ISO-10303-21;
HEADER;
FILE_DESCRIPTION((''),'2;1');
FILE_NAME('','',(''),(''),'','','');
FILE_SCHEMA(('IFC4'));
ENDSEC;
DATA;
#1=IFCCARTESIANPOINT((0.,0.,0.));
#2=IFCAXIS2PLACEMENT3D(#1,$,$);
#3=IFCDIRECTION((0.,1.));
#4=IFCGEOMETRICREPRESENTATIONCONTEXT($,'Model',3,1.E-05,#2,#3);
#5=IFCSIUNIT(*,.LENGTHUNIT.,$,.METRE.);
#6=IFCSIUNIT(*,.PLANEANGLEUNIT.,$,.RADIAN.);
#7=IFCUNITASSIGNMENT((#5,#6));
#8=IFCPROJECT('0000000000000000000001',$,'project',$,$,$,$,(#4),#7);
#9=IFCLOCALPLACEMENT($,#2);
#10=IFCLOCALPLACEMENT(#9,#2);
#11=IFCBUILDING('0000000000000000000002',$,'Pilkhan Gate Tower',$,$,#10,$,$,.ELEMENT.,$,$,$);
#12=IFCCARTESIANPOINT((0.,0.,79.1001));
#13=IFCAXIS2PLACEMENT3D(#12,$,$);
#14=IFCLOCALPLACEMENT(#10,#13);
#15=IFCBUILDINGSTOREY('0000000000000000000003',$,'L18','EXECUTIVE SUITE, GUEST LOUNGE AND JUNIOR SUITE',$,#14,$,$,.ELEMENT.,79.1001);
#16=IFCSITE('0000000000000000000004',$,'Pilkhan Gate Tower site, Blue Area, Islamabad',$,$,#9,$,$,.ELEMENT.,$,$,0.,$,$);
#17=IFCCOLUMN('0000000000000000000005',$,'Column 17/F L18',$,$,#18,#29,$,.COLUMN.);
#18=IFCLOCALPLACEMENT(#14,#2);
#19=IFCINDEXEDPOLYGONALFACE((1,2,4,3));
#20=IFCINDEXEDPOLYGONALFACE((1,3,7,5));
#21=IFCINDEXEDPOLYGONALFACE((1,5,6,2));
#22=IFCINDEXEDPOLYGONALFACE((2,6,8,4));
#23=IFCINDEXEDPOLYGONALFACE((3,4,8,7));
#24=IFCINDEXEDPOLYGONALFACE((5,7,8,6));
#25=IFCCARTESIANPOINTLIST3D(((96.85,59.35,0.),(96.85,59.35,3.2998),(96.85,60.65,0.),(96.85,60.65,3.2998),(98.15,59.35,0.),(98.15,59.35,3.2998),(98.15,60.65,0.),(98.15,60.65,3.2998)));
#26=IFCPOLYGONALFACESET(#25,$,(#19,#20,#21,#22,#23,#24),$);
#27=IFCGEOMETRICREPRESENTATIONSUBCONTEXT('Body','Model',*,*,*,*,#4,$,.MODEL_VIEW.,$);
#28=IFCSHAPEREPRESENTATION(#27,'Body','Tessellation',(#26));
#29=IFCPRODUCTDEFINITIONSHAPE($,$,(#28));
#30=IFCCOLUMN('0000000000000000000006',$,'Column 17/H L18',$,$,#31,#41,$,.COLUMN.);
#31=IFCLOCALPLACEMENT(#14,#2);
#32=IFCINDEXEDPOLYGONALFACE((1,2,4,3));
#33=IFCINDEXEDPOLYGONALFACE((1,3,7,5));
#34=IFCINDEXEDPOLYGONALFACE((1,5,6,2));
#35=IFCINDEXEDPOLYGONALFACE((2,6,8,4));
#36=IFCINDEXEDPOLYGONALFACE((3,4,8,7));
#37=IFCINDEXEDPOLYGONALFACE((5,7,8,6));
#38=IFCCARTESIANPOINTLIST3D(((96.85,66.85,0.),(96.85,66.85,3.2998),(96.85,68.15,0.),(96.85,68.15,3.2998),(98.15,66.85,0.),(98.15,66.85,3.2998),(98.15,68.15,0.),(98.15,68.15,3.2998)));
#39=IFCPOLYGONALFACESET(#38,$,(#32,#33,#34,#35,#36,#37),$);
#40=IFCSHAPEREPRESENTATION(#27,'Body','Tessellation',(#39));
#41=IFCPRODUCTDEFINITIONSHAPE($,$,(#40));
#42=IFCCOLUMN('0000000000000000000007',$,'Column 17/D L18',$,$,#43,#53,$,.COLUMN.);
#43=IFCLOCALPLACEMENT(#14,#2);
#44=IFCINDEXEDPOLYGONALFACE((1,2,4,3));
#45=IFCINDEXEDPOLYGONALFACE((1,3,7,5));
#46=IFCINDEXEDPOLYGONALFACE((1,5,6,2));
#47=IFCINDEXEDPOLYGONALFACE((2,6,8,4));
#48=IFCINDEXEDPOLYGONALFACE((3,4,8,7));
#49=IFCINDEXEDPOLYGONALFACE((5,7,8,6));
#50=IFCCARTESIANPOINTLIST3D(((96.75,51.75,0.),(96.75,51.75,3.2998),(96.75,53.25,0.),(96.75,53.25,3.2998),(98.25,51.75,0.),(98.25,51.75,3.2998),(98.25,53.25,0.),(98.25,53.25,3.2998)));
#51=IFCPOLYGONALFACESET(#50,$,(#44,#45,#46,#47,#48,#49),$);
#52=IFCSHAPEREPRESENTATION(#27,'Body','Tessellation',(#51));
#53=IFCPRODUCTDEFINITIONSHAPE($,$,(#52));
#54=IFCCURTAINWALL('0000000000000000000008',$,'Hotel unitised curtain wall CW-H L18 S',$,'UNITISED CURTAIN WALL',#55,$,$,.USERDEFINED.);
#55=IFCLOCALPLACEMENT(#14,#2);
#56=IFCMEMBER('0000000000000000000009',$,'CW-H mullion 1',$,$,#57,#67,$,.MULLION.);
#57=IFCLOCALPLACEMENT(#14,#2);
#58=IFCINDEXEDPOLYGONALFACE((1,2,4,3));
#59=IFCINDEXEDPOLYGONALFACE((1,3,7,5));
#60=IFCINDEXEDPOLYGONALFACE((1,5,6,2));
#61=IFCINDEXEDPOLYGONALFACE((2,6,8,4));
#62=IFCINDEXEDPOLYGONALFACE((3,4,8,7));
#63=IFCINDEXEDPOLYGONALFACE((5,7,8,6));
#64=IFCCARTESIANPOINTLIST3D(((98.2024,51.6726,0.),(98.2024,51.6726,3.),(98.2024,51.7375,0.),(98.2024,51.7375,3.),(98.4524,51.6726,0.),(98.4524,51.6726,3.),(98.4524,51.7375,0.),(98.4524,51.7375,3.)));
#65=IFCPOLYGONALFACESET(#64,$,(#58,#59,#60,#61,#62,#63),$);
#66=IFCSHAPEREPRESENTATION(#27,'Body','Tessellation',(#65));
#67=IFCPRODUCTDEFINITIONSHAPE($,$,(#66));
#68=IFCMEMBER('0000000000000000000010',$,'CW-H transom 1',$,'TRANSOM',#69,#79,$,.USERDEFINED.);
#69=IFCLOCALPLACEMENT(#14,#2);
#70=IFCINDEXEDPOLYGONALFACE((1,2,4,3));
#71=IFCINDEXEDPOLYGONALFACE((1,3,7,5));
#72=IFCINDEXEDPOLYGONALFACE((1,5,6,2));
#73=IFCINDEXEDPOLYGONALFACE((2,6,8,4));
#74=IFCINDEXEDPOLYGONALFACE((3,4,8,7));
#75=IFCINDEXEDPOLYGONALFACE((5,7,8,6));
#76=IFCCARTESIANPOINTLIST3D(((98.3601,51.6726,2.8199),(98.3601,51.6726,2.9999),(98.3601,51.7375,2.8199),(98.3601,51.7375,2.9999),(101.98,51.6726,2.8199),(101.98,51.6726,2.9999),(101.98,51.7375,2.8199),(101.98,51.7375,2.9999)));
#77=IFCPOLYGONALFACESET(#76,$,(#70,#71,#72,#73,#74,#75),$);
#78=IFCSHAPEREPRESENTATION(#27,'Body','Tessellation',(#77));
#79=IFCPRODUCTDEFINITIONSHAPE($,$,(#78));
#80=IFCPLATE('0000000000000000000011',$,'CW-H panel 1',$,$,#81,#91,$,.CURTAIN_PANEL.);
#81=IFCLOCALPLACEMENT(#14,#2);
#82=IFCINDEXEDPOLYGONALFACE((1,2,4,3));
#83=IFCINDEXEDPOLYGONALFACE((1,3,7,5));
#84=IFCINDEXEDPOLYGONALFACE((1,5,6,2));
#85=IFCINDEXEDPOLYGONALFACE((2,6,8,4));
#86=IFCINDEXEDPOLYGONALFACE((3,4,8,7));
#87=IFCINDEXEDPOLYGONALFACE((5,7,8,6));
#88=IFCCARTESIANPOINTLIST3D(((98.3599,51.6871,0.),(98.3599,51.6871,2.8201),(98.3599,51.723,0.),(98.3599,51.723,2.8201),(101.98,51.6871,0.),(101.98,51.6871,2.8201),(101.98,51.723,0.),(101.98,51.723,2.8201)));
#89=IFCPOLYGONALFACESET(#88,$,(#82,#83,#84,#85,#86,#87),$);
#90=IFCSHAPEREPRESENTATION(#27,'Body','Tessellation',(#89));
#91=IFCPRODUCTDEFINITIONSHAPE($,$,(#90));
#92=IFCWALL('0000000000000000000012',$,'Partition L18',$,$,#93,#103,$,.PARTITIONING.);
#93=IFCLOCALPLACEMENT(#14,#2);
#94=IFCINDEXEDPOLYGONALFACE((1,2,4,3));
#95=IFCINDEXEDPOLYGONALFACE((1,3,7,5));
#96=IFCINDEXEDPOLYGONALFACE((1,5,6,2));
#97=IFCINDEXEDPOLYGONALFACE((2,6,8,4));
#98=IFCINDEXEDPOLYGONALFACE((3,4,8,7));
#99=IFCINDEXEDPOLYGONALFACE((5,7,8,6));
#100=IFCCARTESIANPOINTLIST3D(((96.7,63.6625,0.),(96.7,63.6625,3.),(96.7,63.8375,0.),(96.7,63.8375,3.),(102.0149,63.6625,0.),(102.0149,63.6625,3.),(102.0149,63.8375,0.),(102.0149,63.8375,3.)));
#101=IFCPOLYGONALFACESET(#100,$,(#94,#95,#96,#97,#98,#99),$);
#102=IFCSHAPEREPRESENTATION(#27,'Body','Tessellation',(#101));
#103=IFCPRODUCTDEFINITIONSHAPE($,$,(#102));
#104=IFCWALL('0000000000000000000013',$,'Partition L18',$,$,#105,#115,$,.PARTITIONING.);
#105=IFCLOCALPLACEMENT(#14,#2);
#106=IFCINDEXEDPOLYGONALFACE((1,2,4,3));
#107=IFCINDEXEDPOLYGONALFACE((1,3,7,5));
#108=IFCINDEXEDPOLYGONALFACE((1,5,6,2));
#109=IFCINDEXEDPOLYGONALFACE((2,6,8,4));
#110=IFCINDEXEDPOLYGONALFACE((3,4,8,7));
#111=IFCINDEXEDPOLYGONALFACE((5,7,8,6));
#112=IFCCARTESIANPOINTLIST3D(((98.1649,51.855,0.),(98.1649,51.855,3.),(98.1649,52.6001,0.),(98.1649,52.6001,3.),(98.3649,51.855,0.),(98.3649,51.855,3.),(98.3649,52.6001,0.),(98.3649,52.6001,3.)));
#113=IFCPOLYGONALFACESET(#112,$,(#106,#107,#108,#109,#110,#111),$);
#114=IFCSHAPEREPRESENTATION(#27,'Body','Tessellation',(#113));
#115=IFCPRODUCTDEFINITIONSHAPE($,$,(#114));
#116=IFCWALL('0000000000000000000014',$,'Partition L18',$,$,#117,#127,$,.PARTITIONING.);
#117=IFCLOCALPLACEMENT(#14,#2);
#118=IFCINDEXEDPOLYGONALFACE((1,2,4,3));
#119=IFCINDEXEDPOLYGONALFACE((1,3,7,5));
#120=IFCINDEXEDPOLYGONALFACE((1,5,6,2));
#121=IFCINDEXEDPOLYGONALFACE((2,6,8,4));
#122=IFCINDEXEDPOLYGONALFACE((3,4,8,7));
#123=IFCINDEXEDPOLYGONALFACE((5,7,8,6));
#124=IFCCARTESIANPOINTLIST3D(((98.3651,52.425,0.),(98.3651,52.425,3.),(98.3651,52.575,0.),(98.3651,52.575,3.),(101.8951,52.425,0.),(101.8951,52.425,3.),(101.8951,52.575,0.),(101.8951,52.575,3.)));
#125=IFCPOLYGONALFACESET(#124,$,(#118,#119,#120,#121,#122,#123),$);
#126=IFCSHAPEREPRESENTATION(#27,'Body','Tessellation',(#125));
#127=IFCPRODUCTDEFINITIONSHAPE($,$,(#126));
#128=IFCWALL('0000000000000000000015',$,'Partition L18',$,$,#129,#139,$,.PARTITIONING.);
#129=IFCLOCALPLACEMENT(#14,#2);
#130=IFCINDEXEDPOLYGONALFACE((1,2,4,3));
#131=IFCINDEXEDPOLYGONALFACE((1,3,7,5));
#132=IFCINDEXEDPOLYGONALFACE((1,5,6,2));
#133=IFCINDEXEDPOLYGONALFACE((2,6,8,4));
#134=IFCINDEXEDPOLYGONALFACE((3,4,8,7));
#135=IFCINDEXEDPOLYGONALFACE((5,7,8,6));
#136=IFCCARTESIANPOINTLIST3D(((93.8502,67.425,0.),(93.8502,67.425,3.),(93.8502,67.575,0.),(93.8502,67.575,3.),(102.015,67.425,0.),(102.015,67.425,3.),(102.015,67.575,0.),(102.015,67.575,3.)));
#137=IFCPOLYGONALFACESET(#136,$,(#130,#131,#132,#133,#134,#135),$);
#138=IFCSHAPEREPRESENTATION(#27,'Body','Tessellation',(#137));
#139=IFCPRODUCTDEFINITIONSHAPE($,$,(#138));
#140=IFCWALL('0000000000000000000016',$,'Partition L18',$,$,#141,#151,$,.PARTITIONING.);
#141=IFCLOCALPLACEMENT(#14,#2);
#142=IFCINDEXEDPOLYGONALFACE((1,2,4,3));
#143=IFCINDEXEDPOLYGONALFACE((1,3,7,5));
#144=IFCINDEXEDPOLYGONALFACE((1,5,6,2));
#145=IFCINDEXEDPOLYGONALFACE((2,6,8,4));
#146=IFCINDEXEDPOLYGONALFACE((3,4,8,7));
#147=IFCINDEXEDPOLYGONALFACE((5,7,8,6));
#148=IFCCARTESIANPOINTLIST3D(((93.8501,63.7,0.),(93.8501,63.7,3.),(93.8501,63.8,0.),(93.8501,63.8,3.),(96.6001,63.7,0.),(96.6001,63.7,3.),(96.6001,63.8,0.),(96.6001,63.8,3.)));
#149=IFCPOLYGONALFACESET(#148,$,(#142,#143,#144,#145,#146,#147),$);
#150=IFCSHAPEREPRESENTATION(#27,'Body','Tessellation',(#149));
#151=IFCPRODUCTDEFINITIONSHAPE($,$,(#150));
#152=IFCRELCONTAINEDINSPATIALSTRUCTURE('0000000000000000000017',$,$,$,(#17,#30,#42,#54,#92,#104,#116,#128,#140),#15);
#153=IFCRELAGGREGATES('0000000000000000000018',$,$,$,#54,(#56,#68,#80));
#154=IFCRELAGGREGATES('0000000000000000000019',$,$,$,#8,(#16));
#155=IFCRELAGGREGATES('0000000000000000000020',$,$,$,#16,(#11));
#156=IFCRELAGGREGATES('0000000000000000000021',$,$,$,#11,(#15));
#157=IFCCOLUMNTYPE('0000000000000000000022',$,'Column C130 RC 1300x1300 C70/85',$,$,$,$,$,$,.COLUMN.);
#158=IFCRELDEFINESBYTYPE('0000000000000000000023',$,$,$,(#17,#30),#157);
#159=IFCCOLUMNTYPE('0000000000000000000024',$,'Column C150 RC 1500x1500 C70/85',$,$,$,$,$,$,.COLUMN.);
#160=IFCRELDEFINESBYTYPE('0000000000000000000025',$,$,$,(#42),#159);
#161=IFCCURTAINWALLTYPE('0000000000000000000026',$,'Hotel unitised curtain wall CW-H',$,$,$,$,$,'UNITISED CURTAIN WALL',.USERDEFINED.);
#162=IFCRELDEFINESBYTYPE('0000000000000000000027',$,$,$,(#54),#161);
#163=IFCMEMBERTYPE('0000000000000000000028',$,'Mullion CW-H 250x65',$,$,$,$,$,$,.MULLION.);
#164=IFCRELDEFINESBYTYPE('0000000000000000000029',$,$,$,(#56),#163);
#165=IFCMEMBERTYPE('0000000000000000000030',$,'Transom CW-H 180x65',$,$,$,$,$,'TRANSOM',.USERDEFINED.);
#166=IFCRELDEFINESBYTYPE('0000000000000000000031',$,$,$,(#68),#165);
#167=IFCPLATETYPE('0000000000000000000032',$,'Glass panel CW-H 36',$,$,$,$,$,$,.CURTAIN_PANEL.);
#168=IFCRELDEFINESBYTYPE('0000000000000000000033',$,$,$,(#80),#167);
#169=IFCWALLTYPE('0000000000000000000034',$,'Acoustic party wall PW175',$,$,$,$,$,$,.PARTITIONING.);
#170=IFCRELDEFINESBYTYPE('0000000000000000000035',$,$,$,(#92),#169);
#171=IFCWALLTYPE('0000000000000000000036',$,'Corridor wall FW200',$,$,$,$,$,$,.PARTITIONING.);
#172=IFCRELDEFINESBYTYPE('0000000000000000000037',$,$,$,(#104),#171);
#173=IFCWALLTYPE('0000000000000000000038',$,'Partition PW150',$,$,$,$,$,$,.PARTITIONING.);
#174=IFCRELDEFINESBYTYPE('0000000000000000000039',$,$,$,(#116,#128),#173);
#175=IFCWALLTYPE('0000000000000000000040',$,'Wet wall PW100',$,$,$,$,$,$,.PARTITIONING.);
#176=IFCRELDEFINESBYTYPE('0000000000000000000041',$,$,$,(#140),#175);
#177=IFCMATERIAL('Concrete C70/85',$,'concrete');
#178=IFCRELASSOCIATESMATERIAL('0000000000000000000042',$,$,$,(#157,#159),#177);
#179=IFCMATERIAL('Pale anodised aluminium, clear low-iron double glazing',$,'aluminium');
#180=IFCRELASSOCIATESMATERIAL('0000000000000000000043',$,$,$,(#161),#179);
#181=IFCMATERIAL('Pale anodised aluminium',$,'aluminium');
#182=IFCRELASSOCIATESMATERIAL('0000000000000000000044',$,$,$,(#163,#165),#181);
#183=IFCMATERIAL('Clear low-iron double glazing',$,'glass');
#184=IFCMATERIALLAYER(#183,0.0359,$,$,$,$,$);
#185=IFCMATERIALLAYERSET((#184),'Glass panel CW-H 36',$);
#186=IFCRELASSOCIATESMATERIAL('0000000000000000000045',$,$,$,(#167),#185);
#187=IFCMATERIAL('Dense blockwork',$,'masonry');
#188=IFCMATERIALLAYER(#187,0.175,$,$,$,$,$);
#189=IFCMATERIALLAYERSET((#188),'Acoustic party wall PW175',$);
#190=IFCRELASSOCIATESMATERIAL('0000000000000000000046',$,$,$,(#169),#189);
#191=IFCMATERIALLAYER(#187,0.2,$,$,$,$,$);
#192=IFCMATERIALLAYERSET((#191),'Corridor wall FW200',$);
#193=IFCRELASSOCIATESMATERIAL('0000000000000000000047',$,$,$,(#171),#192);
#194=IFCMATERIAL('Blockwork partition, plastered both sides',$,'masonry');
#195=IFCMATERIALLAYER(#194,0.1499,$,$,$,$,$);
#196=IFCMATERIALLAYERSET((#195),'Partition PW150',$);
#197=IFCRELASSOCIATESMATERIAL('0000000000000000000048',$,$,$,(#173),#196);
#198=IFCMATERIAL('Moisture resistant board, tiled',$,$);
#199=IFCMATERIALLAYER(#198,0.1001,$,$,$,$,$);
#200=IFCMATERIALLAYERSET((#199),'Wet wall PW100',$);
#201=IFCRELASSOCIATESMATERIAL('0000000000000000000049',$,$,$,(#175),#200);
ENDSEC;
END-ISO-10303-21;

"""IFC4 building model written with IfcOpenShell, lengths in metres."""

from ifc_helpers import new_model, si_unit, direction, frame, frame_2d, origin, origin_2d, place, context, subcontext, project, spatial, rectangle, extrude, material, layer, layer_set, material_profile, profile_set, type_object, element, aggregate, save


model = new_model("IFC4")

# Units and contexts
model_context = context("Model", 3, precision=1e-05, world=origin(), true_north=direction((0.0, 1.0)))
body_context = subcontext(model_context, "Body", "Model", "MODEL_VIEW")
ifc_project = project(units=[si_unit("LENGTHUNIT", "METRE"), si_unit("PLANEANGLEUNIT", "RADIAN")], contexts=[model_context])

# Site, building, storey
site_placement = place(None, origin())
site = spatial("IfcSite", under=ifc_project, at=site_placement, Name="Pilkhan Gate Tower site, Blue Area, Islamabad", CompositionType="ELEMENT", RefElevation=0.0)
building_placement = place(site_placement, origin())
building = spatial("IfcBuilding", under=site, at=building_placement, Name="Pilkhan Gate Tower", CompositionType="ELEMENT")
storey_placement = place(building_placement, frame((0.0, 0.0, 79.1001)))
storey = spatial("IfcBuildingStorey", under=building, at=storey_placement, Name="L18", Description="EXECUTIVE SUITE, GUEST LOUNGE AND JUNIOR SUITE", CompositionType="ELEMENT", Elevation=79.1001)

# Columns
ifc_material_1 = material(Name="Concrete C70/85", Category="concrete")
ifc_material_profile_1 = material_profile(ifc_material_1, rectangle(XDim=1.3, YDim=1.3, at=origin_2d()), Name="RC 1300x1300")
ifc_profile_set_1 = profile_set([ifc_material_profile_1], Name="Concrete C70/85")
column_type_1 = type_object("IfcColumnType", Name="Column C130 RC 1300x1300 C70/85", PredefinedType="COLUMN", material=ifc_profile_set_1)
for number, where, z_axis, x_axis, name in (
    (1, (97.5, 60.0, 0.0), (0.0, 0.0, 1.0), (1.0, 0.0, 0.0), "Column 17/F L18"),
    (2, (97.5, 67.5, 0.0), (0.0, 0.0, 1.0), (1.0, 0.0, 0.0), "Column 17/H L18"),
):
    element("IfcColumn", number, at=place(storey_placement, frame(where, z_axis=z_axis, x_axis=x_axis)), inside=storey, type_object=column_type_1, Name=name, PredefinedType="COLUMN", context=body_context, shape_type="SweptSolid", body=[
        extrude(rectangle(XDim=1.3, YDim=1.3, at=origin_2d()), origin(), (0.0, 0.0, 1.0), 3.2998),
    ])
ifc_material_profile_2 = material_profile(ifc_material_1, rectangle(XDim=1.5, YDim=1.5, at=origin_2d()), Name="RC 1500x1500")
ifc_profile_set_2 = profile_set([ifc_material_profile_2], Name="Concrete C70/85")
column_type_2 = type_object("IfcColumnType", Name="Column C150 RC 1500x1500 C70/85", PredefinedType="COLUMN", material=ifc_profile_set_2)
column_placement = place(storey_placement, frame((97.5, 52.5, 0.0), z_axis=(0.0, 0.0, 1.0), x_axis=(1.0, 0.0, 0.0)))
element("IfcColumn", 3, at=column_placement, inside=storey, type_object=column_type_2, Name="Column 17/D L18", PredefinedType="COLUMN", context=body_context, shape_type="SweptSolid", body=[
    extrude(rectangle(XDim=1.5, YDim=1.5, at=origin_2d()), origin(), (0.0, 0.0, 1.0), 3.2998),
])

# Curtain wall, members, plate
ifc_material_2 = material(Name="Pale anodised aluminium, clear low-iron double glazing", Category="aluminium")
curtain_wall_type = type_object("IfcCurtainWallType", Name="Hotel unitised curtain wall CW-H", ElementType="UNITISED CURTAIN WALL", PredefinedType="USERDEFINED", material=ifc_material_2)
curtain_wall_placement = place(storey_placement, origin())
curtain_wall = element("IfcCurtainWall", 4, at=curtain_wall_placement, inside=storey, type_object=curtain_wall_type, Name="Hotel unitised curtain wall CW-H L18 S", ObjectType="UNITISED CURTAIN WALL", PredefinedType="USERDEFINED")
ifc_material_3 = material(Name="Pale anodised aluminium", Category="aluminium")
ifc_material_profile_3 = material_profile(ifc_material_3, rectangle(XDim=0.0649, YDim=0.25, at=origin_2d()), Name="Mullion 250x65")
ifc_profile_set_3 = profile_set([ifc_material_profile_3], Name="Pale anodised aluminium")
member_type_1 = type_object("IfcMemberType", Name="Mullion CW-H 250x65", PredefinedType="MULLION", material=ifc_profile_set_3)
member_1_placement = place(storey_placement, frame((98.3274, 51.7051, 0.0), z_axis=(0.0, 0.0, 1.0), x_axis=(0.0, 1.0, 0.0)))
member_1 = element("IfcMember", 5, at=member_1_placement, type_object=member_type_1, Name="CW-H mullion 1", PredefinedType="MULLION", context=body_context, shape_type="SweptSolid", body=[
    extrude(rectangle(XDim=0.0649, YDim=0.25, at=origin_2d()), origin(), (0.0, 0.0, 1.0), 3.0),
])
ifc_material_profile_4 = material_profile(ifc_material_3, rectangle(XDim=0.0649, YDim=0.1799, at=origin_2d()), Name="Transom 180x65")
ifc_profile_set_4 = profile_set([ifc_material_profile_4], Name="Pale anodised aluminium")
member_type_2 = type_object("IfcMemberType", Name="Transom CW-H 180x65", ElementType="TRANSOM", PredefinedType="USERDEFINED", material=ifc_profile_set_4)
member_2_placement = place(storey_placement, frame((98.3601, 51.7051, 2.9099), z_axis=(1.0, 0.0, 0.0), x_axis=(0.0, 1.0, 0.0)))
member_2 = element("IfcMember", 6, at=member_2_placement, type_object=member_type_2, Name="CW-H transom 1", ObjectType="TRANSOM", PredefinedType="USERDEFINED", context=body_context, shape_type="SweptSolid", body=[
    extrude(rectangle(XDim=0.0649, YDim=0.1799, at=origin_2d()), origin(), (0.0, 0.0, 1.0), 3.6199),
])
ifc_material_4 = material(Name="Clear low-iron double glazing", Category="glass")
ifc_layer_1 = layer(ifc_material_4, 0.0359)
ifc_layer_set_1 = layer_set([ifc_layer_1], Name="Glass panel CW-H 36")
plate_type = type_object("IfcPlateType", Name="Glass panel CW-H 36", PredefinedType="CURTAIN_PANEL", material=ifc_layer_set_1)
plate_placement = place(storey_placement, frame((100.1699, 51.7051, 0.0), z_axis=(0.0, 0.0, 1.0), x_axis=(1.0, 0.0, 0.0)))
plate = element("IfcPlate", 7, at=plate_placement, type_object=plate_type, Name="CW-H panel 1", PredefinedType="CURTAIN_PANEL", context=body_context, shape_type="SweptSolid", body=[
    extrude(rectangle(XDim=3.6201, YDim=0.0359, at=origin_2d()), origin(), (0.0, 0.0, 1.0), 2.8201),
])
aggregate(curtain_wall, [member_1, member_2, plate])

# Walls
ifc_material_5 = material(Name="Dense blockwork", Category="masonry")
ifc_layer_2 = layer(ifc_material_5, 0.175)
ifc_layer_set_2 = layer_set([ifc_layer_2], Name="Acoustic party wall PW175")
wall_type_1 = type_object("IfcWallType", Name="Acoustic party wall PW175", PredefinedType="PARTITIONING", material=ifc_layer_set_2)
wall_1_placement = place(storey_placement, frame((96.7, 63.75, 0.0), z_axis=(0.0, 0.0, 1.0), x_axis=(1.0, 0.0, 0.0)))
element("IfcWall", 8, at=wall_1_placement, inside=storey, type_object=wall_type_1, Name="Partition L18", PredefinedType="PARTITIONING", context=body_context, shape_type="SweptSolid", body=[
    extrude(rectangle(XDim=5.3149, YDim=0.175, at=frame_2d((2.6575, 0.0))), origin(), (0.0, 0.0, 1.0), 3.0),
])
ifc_layer_3 = layer(ifc_material_5, 0.2)
ifc_layer_set_3 = layer_set([ifc_layer_3], Name="Corridor wall FW200")
wall_type_2 = type_object("IfcWallType", Name="Corridor wall FW200", PredefinedType="PARTITIONING", material=ifc_layer_set_3)
wall_2_placement = place(storey_placement, frame((98.2649, 51.855, 0.0), z_axis=(0.0, 0.0, 1.0), x_axis=(0.0, 1.0, 0.0)))
element("IfcWall", 9, at=wall_2_placement, inside=storey, type_object=wall_type_2, Name="Partition L18", PredefinedType="PARTITIONING", context=body_context, shape_type="SweptSolid", body=[
    extrude(rectangle(XDim=0.7451, YDim=0.2, at=frame_2d((0.3726, 0.0))), origin(), (0.0, 0.0, 1.0), 3.0),
])
ifc_material_6 = material(Name="Blockwork partition, plastered both sides", Category="masonry")
ifc_layer_4 = layer(ifc_material_6, 0.1499)
ifc_layer_set_4 = layer_set([ifc_layer_4], Name="Partition PW150")
wall_type_3 = type_object("IfcWallType", Name="Partition PW150", PredefinedType="PARTITIONING", material=ifc_layer_set_4)
wall_3_placement = place(storey_placement, frame((98.365, 52.5, 0.0), z_axis=(0.0, 0.0, 1.0), x_axis=(1.0, 0.0, 0.0)))
element("IfcWall", 10, at=wall_3_placement, inside=storey, type_object=wall_type_3, Name="Partition L18", PredefinedType="PARTITIONING", context=body_context, shape_type="SweptSolid", body=[
    extrude(rectangle(XDim=3.53, YDim=0.1499, at=frame_2d((1.7651, 0.0))), origin(), (0.0, 0.0, 1.0), 3.0),
])
wall_4_placement = place(storey_placement, frame((93.8501, 67.5, 0.0), z_axis=(0.0, 0.0, 1.0), x_axis=(1.0, 0.0, 0.0)))
element("IfcWall", 11, at=wall_4_placement, inside=storey, type_object=wall_type_3, Name="Partition L18", PredefinedType="PARTITIONING", context=body_context, shape_type="SweptSolid", body=[
    extrude(rectangle(XDim=8.1648, YDim=0.1499, at=frame_2d((4.0825, 0.0))), origin(), (0.0, 0.0, 1.0), 3.0),
])
ifc_material_7 = material(Name="Moisture resistant board, tiled")
ifc_layer_5 = layer(ifc_material_7, 0.1001)
ifc_layer_set_5 = layer_set([ifc_layer_5], Name="Wet wall PW100")
wall_type_4 = type_object("IfcWallType", Name="Wet wall PW100", PredefinedType="PARTITIONING", material=ifc_layer_set_5)
wall_5_placement = place(storey_placement, frame((93.8501, 63.75, 0.0), z_axis=(0.0, 0.0, 1.0), x_axis=(1.0, 0.0, 0.0)))
element("IfcWall", 12, at=wall_5_placement, inside=storey, type_object=wall_type_4, Name="Partition L18", PredefinedType="PARTITIONING", context=body_context, shape_type="SweptSolid", body=[
    extrude(rectangle(XDim=2.75, YDim=0.1001, at=frame_2d((1.375, 0.0))), origin(), (0.0, 0.0, 1.0), 3.0),
])

save(model, "model.ifc")
